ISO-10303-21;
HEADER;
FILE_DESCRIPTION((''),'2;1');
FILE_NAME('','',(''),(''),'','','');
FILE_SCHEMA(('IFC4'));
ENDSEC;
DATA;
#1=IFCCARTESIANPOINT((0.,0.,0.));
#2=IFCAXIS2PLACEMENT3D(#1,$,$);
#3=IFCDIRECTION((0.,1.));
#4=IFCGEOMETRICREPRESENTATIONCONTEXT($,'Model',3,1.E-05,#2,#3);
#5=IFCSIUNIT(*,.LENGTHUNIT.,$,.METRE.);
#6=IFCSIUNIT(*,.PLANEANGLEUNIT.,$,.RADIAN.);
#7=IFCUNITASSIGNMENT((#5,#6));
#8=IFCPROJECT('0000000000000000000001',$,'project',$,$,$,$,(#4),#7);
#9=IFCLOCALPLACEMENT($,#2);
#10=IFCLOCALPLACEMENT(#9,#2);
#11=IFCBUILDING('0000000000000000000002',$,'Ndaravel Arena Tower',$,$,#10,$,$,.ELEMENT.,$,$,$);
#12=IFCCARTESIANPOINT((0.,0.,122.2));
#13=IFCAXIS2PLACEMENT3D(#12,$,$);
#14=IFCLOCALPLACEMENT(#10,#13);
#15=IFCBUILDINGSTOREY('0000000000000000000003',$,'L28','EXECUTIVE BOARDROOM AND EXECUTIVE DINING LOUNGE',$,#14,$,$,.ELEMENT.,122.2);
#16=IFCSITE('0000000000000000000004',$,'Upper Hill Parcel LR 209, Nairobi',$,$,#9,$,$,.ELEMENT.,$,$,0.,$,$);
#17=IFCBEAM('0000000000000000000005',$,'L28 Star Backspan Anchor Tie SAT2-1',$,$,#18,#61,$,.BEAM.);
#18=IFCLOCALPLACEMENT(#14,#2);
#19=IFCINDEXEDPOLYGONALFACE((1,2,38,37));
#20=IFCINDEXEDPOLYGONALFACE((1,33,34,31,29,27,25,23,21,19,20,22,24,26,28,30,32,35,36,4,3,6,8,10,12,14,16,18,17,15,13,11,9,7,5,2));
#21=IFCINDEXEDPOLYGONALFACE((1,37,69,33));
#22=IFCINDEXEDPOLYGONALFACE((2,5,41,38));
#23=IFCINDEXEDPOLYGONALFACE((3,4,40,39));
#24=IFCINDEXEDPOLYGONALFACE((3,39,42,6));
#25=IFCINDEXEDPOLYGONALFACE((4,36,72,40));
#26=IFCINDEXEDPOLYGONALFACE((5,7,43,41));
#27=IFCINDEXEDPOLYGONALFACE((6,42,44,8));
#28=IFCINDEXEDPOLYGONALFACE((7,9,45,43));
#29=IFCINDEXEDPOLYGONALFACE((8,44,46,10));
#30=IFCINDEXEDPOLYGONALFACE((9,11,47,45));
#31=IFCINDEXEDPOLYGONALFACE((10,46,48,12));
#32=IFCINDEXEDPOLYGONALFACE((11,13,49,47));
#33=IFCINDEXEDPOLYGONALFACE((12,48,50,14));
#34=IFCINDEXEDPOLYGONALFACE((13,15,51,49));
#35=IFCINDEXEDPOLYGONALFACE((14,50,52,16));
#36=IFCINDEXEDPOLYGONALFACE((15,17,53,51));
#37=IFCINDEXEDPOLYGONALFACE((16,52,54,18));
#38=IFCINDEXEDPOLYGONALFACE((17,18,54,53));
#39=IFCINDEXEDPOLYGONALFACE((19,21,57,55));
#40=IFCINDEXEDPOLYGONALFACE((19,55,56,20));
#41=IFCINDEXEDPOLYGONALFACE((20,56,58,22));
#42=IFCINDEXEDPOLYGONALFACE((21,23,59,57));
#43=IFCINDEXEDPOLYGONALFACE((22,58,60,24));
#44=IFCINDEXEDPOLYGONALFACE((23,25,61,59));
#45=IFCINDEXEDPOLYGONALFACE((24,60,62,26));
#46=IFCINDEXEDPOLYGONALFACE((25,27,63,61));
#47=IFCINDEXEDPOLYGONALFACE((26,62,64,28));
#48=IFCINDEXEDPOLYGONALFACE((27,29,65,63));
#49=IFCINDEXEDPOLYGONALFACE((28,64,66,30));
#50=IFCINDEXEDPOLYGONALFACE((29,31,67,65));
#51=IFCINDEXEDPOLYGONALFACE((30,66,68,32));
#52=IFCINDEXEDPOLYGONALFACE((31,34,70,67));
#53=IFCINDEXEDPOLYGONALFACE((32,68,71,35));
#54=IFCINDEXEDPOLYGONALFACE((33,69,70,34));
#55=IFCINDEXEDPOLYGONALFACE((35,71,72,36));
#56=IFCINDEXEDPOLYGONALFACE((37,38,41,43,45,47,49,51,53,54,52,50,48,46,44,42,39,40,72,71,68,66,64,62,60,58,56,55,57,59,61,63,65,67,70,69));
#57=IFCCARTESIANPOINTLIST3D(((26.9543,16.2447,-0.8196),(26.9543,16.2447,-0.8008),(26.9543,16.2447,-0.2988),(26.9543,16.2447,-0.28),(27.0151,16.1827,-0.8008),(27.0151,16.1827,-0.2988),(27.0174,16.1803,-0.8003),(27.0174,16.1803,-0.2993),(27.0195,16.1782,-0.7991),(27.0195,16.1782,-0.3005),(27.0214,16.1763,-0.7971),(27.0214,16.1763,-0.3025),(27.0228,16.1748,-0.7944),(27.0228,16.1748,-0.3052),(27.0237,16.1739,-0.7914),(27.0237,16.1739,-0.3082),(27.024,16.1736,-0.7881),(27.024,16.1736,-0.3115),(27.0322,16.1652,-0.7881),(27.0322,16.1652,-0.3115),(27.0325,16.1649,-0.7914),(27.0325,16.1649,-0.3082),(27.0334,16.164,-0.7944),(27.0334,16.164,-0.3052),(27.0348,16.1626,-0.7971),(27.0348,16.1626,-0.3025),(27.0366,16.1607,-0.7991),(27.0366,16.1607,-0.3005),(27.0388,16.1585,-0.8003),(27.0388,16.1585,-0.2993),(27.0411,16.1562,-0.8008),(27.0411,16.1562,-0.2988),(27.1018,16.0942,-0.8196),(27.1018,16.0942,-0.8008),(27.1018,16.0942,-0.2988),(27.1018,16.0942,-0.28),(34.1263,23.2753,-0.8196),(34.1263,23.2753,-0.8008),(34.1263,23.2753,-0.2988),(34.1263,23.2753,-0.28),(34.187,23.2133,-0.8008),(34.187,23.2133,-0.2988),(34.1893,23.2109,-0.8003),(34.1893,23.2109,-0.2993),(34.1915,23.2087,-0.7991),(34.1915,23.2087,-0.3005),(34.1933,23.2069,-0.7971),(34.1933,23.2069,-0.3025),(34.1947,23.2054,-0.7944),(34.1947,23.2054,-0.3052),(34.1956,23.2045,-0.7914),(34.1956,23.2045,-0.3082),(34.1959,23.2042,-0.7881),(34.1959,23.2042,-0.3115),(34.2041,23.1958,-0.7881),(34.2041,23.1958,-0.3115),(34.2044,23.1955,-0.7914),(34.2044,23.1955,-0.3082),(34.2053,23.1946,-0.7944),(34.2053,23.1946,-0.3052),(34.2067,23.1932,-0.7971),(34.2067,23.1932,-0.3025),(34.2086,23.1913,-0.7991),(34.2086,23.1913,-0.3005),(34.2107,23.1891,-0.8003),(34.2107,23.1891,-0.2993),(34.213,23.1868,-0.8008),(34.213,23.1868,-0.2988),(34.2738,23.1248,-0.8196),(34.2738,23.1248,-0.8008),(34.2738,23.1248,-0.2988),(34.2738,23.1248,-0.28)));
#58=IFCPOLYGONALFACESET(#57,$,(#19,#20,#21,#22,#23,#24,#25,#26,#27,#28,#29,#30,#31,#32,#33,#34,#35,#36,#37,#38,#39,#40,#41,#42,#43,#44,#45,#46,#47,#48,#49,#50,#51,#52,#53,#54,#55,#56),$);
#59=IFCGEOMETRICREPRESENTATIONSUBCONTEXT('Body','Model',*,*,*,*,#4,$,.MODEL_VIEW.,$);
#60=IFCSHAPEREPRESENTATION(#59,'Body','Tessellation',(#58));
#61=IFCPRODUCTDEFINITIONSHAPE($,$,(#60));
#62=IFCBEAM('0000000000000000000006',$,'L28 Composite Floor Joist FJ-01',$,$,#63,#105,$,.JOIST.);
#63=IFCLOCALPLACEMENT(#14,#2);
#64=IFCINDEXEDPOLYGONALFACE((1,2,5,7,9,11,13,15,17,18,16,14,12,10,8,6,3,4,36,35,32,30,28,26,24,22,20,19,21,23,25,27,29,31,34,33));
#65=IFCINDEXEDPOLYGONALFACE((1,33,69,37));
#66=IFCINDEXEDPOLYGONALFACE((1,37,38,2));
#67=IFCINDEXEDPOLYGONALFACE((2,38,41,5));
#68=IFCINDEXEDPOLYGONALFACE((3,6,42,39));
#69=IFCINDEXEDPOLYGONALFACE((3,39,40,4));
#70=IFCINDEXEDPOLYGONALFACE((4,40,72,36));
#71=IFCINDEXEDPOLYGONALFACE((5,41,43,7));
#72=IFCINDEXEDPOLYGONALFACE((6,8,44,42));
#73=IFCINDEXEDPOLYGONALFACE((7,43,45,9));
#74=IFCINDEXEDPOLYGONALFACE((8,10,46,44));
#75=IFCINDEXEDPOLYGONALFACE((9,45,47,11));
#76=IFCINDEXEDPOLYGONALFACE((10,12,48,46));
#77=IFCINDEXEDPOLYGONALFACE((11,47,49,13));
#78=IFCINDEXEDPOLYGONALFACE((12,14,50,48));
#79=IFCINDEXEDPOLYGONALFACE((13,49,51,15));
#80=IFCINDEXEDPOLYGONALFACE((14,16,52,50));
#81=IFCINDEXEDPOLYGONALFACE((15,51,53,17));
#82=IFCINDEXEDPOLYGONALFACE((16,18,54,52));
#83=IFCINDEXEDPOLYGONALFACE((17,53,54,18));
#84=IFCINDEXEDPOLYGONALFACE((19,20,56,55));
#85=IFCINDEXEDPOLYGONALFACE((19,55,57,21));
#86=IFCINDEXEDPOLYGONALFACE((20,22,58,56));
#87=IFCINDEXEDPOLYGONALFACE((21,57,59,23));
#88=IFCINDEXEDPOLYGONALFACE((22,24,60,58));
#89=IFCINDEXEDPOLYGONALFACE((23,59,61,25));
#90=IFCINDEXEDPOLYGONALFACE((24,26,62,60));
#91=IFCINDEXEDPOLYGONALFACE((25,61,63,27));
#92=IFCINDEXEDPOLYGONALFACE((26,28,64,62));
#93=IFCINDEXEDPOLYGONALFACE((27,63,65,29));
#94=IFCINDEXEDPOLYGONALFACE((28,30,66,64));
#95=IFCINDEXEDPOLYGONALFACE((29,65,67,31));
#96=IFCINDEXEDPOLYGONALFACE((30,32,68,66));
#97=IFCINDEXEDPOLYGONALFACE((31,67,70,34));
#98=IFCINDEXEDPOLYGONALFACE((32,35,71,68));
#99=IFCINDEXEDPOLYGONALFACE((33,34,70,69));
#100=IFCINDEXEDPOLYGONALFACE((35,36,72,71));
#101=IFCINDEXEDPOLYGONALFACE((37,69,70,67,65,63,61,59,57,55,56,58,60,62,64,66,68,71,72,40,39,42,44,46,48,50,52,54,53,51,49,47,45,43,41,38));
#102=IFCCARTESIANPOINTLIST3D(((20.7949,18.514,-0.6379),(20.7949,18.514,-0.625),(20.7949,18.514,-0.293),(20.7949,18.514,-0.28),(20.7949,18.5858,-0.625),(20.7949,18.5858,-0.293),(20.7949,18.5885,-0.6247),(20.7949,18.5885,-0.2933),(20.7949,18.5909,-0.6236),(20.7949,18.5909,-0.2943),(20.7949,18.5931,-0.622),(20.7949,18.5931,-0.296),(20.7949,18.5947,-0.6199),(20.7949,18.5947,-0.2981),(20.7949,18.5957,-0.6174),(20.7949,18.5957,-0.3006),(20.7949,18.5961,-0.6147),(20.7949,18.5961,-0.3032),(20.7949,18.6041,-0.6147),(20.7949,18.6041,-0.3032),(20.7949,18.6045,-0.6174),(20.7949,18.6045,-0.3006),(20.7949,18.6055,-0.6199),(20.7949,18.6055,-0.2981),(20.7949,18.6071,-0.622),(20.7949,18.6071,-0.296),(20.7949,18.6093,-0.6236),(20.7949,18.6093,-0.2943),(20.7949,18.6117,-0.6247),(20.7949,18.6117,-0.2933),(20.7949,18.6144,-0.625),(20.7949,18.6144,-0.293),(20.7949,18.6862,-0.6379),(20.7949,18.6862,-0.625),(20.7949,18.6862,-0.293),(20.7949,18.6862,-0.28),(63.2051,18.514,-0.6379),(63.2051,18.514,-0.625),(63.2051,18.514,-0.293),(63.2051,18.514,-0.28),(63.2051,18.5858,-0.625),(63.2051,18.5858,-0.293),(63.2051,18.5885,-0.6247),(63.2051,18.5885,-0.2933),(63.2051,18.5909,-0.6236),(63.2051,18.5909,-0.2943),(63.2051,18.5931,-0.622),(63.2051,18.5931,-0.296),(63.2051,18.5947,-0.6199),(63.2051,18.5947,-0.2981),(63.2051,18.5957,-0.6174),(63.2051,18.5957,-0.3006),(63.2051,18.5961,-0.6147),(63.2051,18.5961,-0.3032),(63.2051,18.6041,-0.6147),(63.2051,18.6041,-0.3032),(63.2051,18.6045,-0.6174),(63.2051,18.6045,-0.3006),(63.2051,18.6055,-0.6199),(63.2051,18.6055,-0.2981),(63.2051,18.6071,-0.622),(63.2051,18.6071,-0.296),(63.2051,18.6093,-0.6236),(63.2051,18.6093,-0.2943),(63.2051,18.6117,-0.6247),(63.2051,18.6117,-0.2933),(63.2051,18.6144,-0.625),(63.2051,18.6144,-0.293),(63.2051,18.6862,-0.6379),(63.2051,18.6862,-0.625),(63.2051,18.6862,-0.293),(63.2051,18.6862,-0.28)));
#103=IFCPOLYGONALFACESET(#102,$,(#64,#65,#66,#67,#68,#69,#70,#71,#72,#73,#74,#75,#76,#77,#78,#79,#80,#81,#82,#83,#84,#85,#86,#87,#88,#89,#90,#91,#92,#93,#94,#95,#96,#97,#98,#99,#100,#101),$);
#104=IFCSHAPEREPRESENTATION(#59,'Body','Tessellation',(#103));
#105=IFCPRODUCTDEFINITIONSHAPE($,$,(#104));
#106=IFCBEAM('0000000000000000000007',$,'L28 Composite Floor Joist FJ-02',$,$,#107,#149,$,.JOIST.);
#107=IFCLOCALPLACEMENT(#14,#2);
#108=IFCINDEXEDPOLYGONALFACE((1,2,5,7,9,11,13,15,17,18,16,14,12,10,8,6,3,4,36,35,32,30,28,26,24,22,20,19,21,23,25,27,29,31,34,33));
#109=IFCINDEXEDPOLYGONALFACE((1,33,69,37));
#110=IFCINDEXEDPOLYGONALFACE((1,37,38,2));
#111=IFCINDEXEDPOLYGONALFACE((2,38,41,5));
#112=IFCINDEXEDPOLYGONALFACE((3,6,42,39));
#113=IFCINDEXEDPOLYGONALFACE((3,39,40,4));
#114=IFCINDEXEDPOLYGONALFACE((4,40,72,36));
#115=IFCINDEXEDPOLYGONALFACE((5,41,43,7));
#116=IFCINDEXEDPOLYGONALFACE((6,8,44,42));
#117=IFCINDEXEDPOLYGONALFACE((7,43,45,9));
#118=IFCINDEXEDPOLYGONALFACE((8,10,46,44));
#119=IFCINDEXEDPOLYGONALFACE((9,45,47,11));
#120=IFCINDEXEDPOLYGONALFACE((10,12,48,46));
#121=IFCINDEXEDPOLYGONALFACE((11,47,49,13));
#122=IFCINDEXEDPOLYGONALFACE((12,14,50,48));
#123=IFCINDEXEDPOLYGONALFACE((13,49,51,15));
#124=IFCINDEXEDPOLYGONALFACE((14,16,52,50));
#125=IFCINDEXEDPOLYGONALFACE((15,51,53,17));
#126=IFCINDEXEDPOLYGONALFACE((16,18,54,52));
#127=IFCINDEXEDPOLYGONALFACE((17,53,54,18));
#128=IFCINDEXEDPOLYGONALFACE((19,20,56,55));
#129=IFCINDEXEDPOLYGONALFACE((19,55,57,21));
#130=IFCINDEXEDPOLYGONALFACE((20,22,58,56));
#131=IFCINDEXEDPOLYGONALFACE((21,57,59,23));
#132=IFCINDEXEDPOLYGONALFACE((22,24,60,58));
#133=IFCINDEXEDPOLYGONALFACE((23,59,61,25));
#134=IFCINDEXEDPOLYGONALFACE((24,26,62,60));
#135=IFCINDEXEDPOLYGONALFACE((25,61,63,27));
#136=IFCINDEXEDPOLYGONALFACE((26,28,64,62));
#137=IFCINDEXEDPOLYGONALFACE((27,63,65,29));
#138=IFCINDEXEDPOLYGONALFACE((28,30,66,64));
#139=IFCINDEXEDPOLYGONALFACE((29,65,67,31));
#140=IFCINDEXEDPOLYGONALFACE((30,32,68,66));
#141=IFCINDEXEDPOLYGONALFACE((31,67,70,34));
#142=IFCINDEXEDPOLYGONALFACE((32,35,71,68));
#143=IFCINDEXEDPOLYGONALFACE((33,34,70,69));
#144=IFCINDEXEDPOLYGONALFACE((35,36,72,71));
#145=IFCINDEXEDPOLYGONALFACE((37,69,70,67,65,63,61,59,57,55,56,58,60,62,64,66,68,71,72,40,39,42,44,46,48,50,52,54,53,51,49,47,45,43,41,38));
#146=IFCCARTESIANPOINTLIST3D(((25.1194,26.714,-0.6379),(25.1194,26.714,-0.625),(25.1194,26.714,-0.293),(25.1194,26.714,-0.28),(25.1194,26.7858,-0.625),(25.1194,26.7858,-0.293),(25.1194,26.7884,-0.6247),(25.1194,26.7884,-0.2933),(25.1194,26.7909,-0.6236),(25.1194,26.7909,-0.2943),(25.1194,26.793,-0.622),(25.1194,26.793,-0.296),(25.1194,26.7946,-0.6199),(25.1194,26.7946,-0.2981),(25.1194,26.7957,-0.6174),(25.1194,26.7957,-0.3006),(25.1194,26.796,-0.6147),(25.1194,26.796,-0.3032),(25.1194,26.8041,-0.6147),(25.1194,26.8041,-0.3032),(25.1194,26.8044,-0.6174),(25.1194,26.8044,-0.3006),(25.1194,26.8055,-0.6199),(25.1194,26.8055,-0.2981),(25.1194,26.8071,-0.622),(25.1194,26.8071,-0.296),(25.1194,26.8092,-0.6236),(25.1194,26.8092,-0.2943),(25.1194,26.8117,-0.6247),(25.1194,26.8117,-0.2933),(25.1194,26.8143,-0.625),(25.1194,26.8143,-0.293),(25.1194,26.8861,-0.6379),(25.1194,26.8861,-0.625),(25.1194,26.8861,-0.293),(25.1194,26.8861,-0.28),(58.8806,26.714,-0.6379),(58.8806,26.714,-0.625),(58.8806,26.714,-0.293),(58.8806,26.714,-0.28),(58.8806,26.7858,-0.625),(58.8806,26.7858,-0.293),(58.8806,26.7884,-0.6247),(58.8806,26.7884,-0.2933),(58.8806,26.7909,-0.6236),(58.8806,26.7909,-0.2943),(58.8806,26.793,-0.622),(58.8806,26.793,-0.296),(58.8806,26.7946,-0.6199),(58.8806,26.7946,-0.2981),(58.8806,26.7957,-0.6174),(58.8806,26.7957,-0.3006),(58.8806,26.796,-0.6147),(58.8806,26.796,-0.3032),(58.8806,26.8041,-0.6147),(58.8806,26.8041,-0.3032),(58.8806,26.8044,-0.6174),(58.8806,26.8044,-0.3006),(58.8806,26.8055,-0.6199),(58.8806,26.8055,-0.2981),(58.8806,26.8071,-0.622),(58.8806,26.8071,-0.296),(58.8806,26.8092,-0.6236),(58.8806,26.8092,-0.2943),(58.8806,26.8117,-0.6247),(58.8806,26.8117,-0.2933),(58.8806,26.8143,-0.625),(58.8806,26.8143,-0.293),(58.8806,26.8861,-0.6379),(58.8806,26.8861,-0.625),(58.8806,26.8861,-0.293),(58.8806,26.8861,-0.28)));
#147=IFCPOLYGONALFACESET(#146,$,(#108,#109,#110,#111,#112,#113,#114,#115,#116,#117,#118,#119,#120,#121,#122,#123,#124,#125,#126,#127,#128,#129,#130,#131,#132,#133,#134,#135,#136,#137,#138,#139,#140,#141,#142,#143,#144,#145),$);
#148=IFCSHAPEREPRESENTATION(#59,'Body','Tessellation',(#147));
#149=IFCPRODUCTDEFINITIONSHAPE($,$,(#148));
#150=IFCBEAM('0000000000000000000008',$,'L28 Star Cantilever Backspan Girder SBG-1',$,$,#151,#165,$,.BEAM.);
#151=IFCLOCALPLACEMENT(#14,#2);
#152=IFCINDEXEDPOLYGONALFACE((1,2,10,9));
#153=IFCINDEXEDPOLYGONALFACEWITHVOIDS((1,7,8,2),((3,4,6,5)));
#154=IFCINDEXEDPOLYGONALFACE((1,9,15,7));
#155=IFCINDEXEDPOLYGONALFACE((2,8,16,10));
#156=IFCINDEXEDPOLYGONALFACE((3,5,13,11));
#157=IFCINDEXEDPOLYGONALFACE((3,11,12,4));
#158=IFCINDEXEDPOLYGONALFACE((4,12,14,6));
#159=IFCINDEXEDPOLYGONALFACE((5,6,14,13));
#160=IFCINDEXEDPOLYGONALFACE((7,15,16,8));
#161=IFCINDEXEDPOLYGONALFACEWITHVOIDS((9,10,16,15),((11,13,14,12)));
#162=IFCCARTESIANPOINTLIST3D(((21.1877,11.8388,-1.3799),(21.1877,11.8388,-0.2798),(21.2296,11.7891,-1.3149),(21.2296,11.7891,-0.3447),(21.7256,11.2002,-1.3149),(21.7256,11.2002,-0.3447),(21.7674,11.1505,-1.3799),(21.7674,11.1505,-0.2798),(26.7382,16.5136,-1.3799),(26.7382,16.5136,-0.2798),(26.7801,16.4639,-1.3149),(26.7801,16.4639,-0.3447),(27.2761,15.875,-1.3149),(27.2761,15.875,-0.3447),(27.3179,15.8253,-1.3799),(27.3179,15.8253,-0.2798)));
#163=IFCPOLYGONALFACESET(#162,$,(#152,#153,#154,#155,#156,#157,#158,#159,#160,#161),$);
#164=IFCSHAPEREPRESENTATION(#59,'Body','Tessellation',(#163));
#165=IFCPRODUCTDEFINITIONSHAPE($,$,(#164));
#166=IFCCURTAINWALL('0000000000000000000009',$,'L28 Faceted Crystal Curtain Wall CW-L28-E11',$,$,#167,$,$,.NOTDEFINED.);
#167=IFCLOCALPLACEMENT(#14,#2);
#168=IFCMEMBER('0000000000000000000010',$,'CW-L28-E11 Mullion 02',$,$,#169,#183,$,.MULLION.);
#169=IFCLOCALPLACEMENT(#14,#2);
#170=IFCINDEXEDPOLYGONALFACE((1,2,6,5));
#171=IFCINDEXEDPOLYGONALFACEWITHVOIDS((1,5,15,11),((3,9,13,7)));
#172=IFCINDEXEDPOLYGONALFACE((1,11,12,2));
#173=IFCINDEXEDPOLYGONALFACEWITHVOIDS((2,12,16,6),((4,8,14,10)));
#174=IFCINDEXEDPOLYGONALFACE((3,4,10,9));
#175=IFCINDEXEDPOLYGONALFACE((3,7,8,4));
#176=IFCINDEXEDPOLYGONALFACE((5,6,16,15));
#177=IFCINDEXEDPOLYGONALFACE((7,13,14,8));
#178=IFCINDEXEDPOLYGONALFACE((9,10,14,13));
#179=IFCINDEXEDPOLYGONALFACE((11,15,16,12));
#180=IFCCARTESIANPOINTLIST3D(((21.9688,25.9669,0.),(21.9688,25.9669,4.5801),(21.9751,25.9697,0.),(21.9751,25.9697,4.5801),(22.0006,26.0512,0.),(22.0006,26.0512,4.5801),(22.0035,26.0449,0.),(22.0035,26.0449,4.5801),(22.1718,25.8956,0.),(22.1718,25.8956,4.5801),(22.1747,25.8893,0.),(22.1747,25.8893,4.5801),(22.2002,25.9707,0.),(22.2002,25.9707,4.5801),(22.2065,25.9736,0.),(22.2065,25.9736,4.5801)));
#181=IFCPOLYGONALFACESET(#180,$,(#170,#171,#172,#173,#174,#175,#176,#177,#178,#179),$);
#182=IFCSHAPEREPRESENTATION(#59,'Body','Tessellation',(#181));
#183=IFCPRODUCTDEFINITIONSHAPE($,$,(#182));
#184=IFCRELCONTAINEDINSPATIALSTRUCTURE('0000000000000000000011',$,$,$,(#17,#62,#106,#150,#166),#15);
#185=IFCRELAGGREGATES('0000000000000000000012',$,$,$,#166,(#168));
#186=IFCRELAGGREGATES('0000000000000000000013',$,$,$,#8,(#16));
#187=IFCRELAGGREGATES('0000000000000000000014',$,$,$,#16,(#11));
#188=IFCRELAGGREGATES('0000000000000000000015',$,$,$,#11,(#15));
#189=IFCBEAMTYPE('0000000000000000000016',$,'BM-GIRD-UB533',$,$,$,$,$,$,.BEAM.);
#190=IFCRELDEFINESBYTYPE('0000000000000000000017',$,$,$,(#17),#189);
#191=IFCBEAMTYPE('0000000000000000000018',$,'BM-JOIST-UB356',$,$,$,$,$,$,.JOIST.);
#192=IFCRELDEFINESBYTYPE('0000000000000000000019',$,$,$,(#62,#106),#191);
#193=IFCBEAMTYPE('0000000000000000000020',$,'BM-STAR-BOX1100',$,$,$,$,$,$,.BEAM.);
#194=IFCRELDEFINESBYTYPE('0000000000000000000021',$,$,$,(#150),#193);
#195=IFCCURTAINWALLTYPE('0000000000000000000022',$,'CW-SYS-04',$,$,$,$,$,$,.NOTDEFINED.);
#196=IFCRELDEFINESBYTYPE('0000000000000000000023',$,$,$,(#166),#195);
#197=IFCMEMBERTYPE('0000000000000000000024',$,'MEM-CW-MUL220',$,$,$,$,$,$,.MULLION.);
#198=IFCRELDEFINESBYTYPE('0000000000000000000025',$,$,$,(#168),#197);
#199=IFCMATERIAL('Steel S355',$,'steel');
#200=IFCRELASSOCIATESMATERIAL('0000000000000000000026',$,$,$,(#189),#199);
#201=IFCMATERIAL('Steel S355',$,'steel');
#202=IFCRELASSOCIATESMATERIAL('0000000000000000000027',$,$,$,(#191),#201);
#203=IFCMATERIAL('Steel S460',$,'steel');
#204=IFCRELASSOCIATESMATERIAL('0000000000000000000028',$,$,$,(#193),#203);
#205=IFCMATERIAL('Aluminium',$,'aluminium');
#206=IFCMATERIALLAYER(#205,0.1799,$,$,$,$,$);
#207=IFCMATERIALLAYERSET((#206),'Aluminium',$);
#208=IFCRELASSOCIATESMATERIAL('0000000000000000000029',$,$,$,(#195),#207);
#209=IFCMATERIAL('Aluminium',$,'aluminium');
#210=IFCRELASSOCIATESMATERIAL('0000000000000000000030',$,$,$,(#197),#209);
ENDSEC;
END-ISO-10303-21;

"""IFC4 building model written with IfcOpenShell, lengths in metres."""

from ifc_helpers import new_model, si_unit, direction, frame, origin, origin_2d, place, context, subcontext, project, spatial, hollow_rectangle, i_section, extrude, material, layer, layer_set, material_profile, profile_set, type_object, element, aggregate, save


model = new_model("IFC4")

# Units and contexts
model_context = context("Model", 3, precision=1e-05, world=origin(), true_north=direction((0.0, 1.0)))
body_context = subcontext(model_context, "Body", "Model", "MODEL_VIEW")
ifc_project = project(units=[si_unit("LENGTHUNIT", "METRE"), si_unit("PLANEANGLEUNIT", "RADIAN")], contexts=[model_context])

# Site, building, storey
site_placement = place(None, origin())
site = spatial("IfcSite", under=ifc_project, at=site_placement, Name="Upper Hill Parcel LR 209, Nairobi", CompositionType="ELEMENT", RefElevation=0.0)
building_placement = place(site_placement, origin())
building = spatial("IfcBuilding", under=site, at=building_placement, Name="Ndaravel Arena Tower", CompositionType="ELEMENT")
storey_placement = place(building_placement, frame((0.0, 0.0, 122.2)))
storey = spatial("IfcBuildingStorey", under=building, at=storey_placement, Name="L28", Description="EXECUTIVE BOARDROOM AND EXECUTIVE DINING LOUNGE", CompositionType="ELEMENT", Elevation=122.2)

# Beams
ifc_material_1 = material(Name="Steel S355", Category="steel")
ifc_material_profile_1 = material_profile(ifc_material_1, i_section(OverallWidth=0.2107, OverallDepth=0.5396, WebThickness=0.0117, FlangeThickness=0.0188, FilletRadius=0.0127, at=origin_2d()), Name="UB 533x210x109")
ifc_profile_set_1 = profile_set([ifc_material_profile_1], Name="Steel S355")
beam_type_1 = type_object("IfcBeamType", Name="BM-GIRD-UB533", PredefinedType="BEAM", material=ifc_profile_set_1)
beam_1_placement = place(storey_placement, frame((27.0281, 16.1694, -0.5498), z_axis=(0.714109, 0.700034, 0.0), x_axis=(-0.700034, 0.714109, 0.0)))
element("IfcBeam", 1, at=beam_1_placement, inside=storey, type_object=beam_type_1, Name="L28 Star Backspan Anchor Tie SAT2-1", PredefinedType="BEAM", context=body_context, shape_type="SweptSolid", body=[
    extrude(i_section(OverallWidth=0.2107, OverallDepth=0.5396, WebThickness=0.0117, FlangeThickness=0.0188, FilletRadius=0.0127, at=origin_2d()), origin(), (0.0, 0.0, 1.0), 10.0432),
])
ifc_material_2 = material(Name="Steel S355", Category="steel")
ifc_material_profile_2 = material_profile(ifc_material_2, i_section(OverallWidth=0.1721, OverallDepth=0.3579, WebThickness=0.0081, FlangeThickness=0.0129, FilletRadius=0.0103, at=origin_2d()), Name="UB 356x171x57")
ifc_profile_set_2 = profile_set([ifc_material_profile_2], Name="Steel S355")
beam_type_2 = type_object("IfcBeamType", Name="BM-JOIST-UB356", PredefinedType="JOIST", material=ifc_profile_set_2)
beam_2_placement = place(storey_placement, frame((20.7949, 18.6001, -0.459), z_axis=(1.0, 0.0, 0.0), x_axis=(0.0, 1.0, 0.0)))
element("IfcBeam", 2, at=beam_2_placement, inside=storey, type_object=beam_type_2, Name="L28 Composite Floor Joist FJ-01", PredefinedType="JOIST", context=body_context, shape_type="SweptSolid", body=[
    extrude(i_section(OverallWidth=0.1721, OverallDepth=0.3579, WebThickness=0.0081, FlangeThickness=0.0129, FilletRadius=0.0103, at=origin_2d()), origin(), (0.0, 0.0, 1.0), 42.4102),
])
beam_3_placement = place(storey_placement, frame((25.1194, 26.8, -0.459), z_axis=(1.0, 0.0, 0.0), x_axis=(0.0, 1.0, 0.0)))
element("IfcBeam", 3, at=beam_3_placement, inside=storey, type_object=beam_type_2, Name="L28 Composite Floor Joist FJ-02", PredefinedType="JOIST", context=body_context, shape_type="SweptSolid", body=[
    extrude(i_section(OverallWidth=0.1721, OverallDepth=0.3579, WebThickness=0.0081, FlangeThickness=0.0129, FilletRadius=0.0103, at=origin_2d()), origin(), (0.0, 0.0, 1.0), 33.7612),
])
ifc_material_3 = material(Name="Steel S460", Category="steel")
ifc_material_profile_3 = material_profile(ifc_material_3, hollow_rectangle(XDim=0.8999, YDim=1.1001, WallThickness=0.0649, at=origin_2d()), Name="BOX 1100x900x65")
ifc_profile_set_3 = profile_set([ifc_material_profile_3], Name="Steel S460")
beam_type_3 = type_object("IfcBeamType", Name="BM-STAR-BOX1100", PredefinedType="BEAM", material=ifc_profile_set_3)
beam_4_placement = place(storey_placement, frame((27.0281, 16.1694, -0.8298), z_axis=(-0.764866, -0.64419, 0.0), x_axis=(0.64419, -0.764866, 0.0)))
element("IfcBeam", 4, at=beam_4_placement, inside=storey, type_object=beam_type_3, Name="L28 Star Cantilever Backspan Girder SBG-1", PredefinedType="BEAM", context=body_context, shape_type="SweptSolid", body=[
    extrude(hollow_rectangle(XDim=0.8999, YDim=1.1001, WallThickness=0.0649, at=origin_2d()), origin(), (0.0, 0.0, 1.0), 7.2568),
])

# Curtain wall, member
ifc_material_4 = material(Name="Aluminium", Category="aluminium")
ifc_layer_1 = layer(ifc_material_4, 0.1799)
ifc_layer_set_1 = layer_set([ifc_layer_1], Name="Aluminium")
curtain_wall_type = type_object("IfcCurtainWallType", Name="CW-SYS-04", PredefinedType="NOTDEFINED", material=ifc_layer_set_1)
curtain_wall_1_placement = place(storey_placement, origin())
curtain_wall_1 = element("IfcCurtainWall", 5, at=curtain_wall_1_placement, inside=storey, type_object=curtain_wall_type, Name="L28 Faceted Crystal Curtain Wall CW-L28-E11", PredefinedType="NOTDEFINED")
ifc_material_5 = material(Name="Aluminium", Category="aluminium")
ifc_material_profile_4 = material_profile(ifc_material_5, hollow_rectangle(XDim=0.0901, YDim=0.22, WallThickness=0.0049, at=origin_2d()), Name="CW MULLION 90x220x5")
ifc_profile_set_4 = profile_set([ifc_material_profile_4], Name="Aluminium")
member_type_1 = type_object("IfcMemberType", Name="MEM-CW-MUL220", PredefinedType="MULLION", material=ifc_profile_set_4)
member_1_placement = place(storey_placement, frame((22.0876, 25.9702, 0.0), z_axis=(0.0, 0.0, 1.0), x_axis=(-0.352805, -0.935697, 0.0)))
member_1 = element("IfcMember", 6, at=member_1_placement, type_object=member_type_1, Name="CW-L28-E11 Mullion 02", PredefinedType="MULLION", context=body_context, shape_type="SweptSolid", body=[
    extrude(hollow_rectangle(XDim=0.0901, YDim=0.22, WallThickness=0.0049, at=origin_2d()), origin(), (0.0, 0.0, 1.0), 4.5801),
])

aggregate(curtain_wall_1, [member_1])

save(model, "model.ifc")
